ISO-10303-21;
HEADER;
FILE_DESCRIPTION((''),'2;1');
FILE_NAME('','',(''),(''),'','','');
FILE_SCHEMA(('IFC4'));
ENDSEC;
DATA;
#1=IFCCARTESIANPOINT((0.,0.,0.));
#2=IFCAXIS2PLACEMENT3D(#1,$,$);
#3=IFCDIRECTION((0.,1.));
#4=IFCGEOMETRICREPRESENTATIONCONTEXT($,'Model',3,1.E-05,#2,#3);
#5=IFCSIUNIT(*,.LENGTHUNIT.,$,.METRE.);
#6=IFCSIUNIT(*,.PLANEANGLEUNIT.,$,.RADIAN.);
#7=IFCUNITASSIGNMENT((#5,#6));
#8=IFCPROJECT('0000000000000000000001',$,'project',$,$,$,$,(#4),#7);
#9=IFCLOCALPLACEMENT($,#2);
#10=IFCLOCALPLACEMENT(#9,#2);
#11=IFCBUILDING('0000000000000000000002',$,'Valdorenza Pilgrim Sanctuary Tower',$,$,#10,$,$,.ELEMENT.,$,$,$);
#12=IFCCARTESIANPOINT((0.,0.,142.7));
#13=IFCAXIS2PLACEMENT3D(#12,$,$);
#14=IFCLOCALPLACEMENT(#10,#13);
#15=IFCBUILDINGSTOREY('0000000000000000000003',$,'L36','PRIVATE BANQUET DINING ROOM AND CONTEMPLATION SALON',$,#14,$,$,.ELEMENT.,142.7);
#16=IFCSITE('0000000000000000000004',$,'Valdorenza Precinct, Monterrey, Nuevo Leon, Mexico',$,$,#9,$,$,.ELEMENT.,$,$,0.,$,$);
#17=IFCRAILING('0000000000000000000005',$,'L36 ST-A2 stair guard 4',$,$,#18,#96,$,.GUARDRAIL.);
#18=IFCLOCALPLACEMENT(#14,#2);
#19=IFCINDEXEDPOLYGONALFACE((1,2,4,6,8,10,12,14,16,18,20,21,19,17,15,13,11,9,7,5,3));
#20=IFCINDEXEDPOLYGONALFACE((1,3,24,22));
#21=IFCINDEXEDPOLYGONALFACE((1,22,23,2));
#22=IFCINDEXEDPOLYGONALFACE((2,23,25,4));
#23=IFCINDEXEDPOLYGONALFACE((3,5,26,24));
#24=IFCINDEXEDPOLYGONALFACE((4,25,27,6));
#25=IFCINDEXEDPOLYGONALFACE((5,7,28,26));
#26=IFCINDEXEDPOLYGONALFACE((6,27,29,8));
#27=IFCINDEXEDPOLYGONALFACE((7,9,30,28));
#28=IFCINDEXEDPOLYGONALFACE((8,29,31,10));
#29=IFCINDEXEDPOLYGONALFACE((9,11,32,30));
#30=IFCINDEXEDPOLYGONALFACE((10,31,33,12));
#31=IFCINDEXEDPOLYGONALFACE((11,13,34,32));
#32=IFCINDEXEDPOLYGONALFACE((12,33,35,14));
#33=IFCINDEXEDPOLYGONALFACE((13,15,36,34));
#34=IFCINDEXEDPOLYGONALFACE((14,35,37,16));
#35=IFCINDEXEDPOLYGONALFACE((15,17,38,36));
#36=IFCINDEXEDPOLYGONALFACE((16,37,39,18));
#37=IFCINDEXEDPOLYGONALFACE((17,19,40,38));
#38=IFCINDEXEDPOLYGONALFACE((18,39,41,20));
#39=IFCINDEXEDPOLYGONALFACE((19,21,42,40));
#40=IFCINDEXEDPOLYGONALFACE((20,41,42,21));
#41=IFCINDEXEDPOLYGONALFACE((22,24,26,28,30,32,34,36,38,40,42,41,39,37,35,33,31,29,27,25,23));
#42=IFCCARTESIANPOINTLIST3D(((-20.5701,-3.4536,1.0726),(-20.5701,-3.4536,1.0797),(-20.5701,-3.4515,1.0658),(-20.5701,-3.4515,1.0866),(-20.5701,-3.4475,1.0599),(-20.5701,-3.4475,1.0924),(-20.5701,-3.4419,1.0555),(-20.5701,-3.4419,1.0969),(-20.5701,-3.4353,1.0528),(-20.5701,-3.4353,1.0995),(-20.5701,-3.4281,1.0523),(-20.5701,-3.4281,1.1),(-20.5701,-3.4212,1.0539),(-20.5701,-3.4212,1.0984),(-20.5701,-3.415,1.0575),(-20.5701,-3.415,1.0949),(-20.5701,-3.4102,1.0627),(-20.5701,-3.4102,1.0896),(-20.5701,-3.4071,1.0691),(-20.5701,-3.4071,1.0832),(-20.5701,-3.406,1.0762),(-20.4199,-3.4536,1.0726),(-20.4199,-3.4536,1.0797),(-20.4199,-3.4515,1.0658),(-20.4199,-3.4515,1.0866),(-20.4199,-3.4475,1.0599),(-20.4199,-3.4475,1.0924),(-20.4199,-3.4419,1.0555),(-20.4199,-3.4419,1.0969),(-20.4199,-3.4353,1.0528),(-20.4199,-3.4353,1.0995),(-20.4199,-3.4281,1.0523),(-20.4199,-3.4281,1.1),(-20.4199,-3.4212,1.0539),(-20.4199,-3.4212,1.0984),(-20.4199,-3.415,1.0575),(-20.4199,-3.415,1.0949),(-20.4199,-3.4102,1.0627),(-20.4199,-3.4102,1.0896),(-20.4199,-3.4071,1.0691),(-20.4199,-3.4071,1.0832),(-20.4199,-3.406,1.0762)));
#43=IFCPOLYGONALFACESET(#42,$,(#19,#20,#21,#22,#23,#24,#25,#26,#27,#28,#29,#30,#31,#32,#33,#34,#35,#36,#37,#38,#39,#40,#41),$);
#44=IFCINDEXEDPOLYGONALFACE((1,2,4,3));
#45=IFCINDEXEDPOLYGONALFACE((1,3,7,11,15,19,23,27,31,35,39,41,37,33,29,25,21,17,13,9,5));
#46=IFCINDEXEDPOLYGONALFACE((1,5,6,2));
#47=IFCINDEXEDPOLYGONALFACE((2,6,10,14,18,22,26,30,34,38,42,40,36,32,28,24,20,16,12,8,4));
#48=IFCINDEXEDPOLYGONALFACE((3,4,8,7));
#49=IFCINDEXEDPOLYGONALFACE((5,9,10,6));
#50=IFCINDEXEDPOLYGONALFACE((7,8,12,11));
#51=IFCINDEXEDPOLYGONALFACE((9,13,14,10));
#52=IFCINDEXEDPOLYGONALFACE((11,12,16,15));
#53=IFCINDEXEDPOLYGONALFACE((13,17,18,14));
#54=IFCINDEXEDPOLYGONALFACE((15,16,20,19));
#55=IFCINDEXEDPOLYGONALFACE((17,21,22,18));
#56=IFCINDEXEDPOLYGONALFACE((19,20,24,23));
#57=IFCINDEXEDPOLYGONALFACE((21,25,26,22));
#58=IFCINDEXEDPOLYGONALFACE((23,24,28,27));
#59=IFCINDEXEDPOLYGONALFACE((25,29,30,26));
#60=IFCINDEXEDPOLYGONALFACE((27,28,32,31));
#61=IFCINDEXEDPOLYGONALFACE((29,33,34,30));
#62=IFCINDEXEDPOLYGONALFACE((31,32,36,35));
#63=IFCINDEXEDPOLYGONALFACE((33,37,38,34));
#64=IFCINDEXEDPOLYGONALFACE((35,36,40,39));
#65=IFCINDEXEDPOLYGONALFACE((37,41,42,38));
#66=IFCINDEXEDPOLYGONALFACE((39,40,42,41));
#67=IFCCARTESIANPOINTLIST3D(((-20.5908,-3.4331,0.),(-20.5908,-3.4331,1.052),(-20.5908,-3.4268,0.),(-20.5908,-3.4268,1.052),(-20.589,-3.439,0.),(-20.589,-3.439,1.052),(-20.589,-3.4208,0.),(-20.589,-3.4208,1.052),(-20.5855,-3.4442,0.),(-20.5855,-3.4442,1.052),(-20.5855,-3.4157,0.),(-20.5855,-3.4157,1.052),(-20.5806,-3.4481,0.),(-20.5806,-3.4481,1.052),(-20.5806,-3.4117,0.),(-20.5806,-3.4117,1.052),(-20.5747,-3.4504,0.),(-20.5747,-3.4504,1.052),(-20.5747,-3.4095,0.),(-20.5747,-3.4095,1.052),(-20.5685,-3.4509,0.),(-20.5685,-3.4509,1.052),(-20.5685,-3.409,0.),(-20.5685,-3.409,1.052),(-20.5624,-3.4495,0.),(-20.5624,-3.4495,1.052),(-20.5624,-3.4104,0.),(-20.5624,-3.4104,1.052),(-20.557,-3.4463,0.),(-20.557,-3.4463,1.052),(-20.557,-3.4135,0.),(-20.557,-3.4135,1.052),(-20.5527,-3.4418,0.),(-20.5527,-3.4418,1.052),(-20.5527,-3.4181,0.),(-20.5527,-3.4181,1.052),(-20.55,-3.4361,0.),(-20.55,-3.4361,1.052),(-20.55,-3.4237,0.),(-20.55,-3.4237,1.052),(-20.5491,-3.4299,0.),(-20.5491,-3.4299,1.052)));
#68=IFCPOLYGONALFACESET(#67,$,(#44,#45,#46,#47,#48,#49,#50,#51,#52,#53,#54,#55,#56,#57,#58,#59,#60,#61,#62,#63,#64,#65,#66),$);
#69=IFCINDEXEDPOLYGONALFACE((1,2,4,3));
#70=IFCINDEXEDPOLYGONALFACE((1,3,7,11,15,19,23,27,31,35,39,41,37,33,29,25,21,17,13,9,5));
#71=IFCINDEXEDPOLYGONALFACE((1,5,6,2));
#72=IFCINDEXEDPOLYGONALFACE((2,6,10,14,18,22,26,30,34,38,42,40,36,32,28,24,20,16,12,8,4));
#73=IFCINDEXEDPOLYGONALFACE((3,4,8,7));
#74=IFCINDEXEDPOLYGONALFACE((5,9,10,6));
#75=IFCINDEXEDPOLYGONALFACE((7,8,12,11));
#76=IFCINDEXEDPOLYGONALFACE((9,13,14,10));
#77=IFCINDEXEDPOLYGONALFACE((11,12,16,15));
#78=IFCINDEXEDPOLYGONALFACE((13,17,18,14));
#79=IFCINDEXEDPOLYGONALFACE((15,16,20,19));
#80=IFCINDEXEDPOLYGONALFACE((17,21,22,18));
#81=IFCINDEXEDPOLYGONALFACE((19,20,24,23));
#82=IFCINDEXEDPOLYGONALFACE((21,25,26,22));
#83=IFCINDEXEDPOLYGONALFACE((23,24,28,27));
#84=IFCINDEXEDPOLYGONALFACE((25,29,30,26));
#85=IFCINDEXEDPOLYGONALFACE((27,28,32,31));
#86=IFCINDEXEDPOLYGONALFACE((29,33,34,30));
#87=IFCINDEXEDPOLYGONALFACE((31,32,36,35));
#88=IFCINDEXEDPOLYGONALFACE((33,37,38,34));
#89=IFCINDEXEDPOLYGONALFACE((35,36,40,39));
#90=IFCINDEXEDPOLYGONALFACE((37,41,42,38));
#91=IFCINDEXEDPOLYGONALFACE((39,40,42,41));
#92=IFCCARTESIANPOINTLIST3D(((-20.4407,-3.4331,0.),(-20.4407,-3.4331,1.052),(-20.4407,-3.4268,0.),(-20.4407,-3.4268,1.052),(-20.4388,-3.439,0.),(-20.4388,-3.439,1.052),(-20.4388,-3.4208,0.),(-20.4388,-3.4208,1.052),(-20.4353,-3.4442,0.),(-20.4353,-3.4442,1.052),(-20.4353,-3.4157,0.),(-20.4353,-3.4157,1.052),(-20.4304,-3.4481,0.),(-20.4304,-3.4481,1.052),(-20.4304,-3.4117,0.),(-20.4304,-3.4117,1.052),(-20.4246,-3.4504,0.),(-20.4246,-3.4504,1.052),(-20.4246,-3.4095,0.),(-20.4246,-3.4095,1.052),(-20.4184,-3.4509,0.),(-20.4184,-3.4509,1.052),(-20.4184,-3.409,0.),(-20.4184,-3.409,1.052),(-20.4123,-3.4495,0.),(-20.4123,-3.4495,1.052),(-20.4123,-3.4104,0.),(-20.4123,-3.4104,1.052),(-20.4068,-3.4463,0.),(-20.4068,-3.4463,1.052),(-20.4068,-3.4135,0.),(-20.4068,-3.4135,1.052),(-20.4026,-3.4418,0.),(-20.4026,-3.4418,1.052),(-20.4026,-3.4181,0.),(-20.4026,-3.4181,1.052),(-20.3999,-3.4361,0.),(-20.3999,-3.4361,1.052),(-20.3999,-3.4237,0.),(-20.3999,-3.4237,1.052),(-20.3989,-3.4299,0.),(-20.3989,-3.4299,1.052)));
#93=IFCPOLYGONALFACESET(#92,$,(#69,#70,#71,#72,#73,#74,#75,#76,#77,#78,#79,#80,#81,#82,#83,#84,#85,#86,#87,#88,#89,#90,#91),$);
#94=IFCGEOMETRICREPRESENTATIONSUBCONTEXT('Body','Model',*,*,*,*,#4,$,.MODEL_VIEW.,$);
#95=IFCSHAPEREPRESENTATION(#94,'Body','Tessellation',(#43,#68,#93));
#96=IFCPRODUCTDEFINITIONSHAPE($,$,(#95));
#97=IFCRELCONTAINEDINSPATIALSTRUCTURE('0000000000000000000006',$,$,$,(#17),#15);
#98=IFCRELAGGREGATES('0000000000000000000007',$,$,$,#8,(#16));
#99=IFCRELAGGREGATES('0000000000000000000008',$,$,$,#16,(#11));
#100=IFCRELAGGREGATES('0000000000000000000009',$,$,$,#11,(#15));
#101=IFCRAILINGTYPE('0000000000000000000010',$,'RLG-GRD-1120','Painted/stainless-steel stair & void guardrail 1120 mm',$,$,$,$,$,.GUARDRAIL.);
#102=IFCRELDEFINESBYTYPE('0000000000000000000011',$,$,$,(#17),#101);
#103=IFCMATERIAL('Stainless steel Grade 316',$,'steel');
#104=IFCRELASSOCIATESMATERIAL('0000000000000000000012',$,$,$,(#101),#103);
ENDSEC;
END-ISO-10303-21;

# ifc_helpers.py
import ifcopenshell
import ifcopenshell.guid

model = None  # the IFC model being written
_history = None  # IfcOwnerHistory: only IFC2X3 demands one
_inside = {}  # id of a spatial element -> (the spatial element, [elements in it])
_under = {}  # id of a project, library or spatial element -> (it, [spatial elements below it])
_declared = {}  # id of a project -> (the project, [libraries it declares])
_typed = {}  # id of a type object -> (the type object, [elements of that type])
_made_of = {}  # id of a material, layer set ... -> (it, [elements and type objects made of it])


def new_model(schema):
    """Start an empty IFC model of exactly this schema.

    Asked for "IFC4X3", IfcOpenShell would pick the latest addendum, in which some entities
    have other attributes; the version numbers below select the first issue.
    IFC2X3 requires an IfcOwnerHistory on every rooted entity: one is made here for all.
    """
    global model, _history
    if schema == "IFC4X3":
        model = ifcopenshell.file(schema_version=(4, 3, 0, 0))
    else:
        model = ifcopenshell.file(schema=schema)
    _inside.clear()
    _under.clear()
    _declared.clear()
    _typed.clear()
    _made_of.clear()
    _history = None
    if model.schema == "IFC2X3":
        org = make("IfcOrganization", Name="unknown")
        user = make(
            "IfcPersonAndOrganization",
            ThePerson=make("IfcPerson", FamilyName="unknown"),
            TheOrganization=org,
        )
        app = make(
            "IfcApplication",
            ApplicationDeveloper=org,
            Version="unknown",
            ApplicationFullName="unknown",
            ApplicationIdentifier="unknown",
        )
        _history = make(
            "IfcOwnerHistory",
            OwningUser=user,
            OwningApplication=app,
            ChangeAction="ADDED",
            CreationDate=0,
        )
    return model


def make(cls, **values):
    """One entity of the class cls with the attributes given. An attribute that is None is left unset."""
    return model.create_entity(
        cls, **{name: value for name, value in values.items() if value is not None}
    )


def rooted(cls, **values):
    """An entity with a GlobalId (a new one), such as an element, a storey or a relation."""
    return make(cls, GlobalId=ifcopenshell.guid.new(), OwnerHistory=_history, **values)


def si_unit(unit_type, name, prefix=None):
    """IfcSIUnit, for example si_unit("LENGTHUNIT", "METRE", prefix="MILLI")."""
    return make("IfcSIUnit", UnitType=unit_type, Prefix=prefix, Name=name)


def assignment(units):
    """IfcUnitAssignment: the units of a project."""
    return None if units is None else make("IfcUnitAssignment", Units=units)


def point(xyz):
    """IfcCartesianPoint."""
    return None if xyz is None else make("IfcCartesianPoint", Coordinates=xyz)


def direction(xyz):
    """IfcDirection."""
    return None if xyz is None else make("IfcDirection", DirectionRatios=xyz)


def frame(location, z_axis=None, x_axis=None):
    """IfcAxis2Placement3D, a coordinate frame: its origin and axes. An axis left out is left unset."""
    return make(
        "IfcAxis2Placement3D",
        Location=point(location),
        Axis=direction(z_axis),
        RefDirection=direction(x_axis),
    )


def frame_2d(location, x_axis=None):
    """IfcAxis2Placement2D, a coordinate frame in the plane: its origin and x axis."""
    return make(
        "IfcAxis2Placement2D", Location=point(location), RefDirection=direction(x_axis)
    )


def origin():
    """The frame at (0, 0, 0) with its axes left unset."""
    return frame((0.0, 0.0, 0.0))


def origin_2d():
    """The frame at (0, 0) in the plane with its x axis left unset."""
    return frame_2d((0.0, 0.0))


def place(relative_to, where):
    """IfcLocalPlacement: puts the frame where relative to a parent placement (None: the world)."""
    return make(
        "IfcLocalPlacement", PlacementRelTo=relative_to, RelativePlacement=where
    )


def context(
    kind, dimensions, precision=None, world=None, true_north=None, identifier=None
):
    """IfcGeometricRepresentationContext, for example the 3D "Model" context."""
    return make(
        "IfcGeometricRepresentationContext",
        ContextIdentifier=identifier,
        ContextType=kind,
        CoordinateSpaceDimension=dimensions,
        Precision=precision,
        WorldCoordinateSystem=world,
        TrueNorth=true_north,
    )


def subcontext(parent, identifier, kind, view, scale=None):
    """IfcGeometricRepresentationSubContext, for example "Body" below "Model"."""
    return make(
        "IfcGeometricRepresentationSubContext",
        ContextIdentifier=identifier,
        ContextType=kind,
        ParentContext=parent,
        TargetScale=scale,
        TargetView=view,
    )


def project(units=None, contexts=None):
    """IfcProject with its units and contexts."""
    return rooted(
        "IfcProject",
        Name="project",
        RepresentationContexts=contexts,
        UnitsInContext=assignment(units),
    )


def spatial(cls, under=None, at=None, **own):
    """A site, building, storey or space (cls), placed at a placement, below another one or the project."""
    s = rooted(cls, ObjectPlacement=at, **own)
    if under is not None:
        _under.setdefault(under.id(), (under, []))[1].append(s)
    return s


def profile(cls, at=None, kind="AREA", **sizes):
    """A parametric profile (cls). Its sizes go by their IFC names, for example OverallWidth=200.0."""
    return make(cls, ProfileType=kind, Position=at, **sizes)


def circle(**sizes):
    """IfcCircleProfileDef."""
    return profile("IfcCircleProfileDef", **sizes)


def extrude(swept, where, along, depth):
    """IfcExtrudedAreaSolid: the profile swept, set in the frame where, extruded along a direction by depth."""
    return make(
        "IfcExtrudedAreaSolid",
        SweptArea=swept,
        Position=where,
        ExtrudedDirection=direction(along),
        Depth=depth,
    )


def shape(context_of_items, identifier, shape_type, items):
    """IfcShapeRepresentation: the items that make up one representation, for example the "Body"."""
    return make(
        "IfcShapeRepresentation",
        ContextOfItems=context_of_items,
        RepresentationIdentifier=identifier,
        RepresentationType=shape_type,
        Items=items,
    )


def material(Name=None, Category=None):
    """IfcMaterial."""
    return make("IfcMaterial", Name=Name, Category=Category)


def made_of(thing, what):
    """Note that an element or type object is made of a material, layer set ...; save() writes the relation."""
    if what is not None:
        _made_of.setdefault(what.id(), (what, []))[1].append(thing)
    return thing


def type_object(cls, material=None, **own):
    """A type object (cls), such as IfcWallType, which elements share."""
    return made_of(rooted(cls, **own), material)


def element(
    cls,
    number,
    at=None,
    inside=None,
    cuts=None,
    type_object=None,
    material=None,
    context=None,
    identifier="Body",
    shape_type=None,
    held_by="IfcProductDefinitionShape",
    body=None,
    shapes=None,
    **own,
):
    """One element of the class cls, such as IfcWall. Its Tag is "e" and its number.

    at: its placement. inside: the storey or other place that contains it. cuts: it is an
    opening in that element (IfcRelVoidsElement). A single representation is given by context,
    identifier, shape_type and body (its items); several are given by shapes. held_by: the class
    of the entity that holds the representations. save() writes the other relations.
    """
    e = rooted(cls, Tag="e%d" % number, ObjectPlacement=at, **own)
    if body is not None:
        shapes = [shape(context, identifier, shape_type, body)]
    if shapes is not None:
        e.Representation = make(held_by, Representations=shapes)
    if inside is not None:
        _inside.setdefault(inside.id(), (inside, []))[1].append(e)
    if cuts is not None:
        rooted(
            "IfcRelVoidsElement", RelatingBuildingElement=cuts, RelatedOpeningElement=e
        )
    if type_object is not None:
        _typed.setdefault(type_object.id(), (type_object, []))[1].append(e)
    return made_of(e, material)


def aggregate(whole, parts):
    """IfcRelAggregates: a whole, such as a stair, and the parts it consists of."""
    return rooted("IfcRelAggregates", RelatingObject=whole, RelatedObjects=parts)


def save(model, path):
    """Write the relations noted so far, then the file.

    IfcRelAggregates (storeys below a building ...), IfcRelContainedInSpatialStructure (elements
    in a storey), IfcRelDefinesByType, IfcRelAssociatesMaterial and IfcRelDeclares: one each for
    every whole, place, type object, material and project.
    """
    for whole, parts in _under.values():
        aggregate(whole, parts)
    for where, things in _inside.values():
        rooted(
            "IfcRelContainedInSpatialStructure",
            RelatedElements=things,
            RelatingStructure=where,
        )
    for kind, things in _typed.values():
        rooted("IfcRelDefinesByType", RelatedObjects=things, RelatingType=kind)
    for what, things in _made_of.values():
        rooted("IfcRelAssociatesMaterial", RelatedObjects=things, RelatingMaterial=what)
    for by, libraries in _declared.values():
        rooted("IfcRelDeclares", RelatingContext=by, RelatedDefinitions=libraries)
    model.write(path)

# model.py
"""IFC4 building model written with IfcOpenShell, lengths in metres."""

from ifc_helpers import new_model, si_unit, direction, frame, origin, origin_2d, place, context, subcontext, project, spatial, circle, extrude, material, type_object, element, save


model = new_model("IFC4")

# Units and contexts
model_context = context("Model", 3, precision=1e-05, world=origin(), true_north=direction((0.0, 1.0)))
body_context = subcontext(model_context, "Body", "Model", "MODEL_VIEW")
ifc_project = project(units=[si_unit("LENGTHUNIT", "METRE"), si_unit("PLANEANGLEUNIT", "RADIAN")], contexts=[model_context])

# Site, building, storey
site_placement = place(None, origin())
site = spatial("IfcSite", under=ifc_project, at=site_placement, Name="Valdorenza Precinct, Monterrey, Nuevo Leon, Mexico", CompositionType="ELEMENT", RefElevation=0.0)
building_placement = place(site_placement, origin())
building = spatial("IfcBuilding", under=site, at=building_placement, Name="Valdorenza Pilgrim Sanctuary Tower", CompositionType="ELEMENT")
storey_placement = place(building_placement, frame((0.0, 0.0, 142.7)))
storey = spatial("IfcBuildingStorey", under=building, at=storey_placement, Name="L36", Description="PRIVATE BANQUET DINING ROOM AND CONTEMPLATION SALON", CompositionType="ELEMENT", Elevation=142.7)

# Railing
ifc_material_1 = material(Name="Stainless steel Grade 316", Category="steel")
railing_type_1 = type_object("IfcRailingType", Name="RLG-GRD-1120", Description="Painted/stainless-steel stair & void guardrail 1120 mm", PredefinedType="GUARDRAIL", material=ifc_material_1)
railing_1_placement = place(storey_placement, frame((-20.5701, -3.4299, 0.0)))
element("IfcRailing", 1, at=railing_1_placement, inside=storey, type_object=railing_type_1, Name="L36 ST-A2 stair guard 4", PredefinedType="GUARDRAIL", context=body_context, shape_type="SweptSolid", body=[
    extrude(circle(Radius=0.0239, at=origin_2d()), frame((0.0, 0.0, 1.0762), z_axis=(1.0, 0.0, 0.0), x_axis=(0.0, 1.0, 0.0)), (0.0, 0.0, 1.0), 0.1501),
    extrude(circle(Radius=0.021, at=origin_2d()), origin(), (0.0, 0.0, 1.0), 1.052),
    extrude(circle(Radius=0.021, at=origin_2d()), frame((0.1501, 0.0, 0.0)), (0.0, 0.0, 1.0), 1.052),
])

save(model, "model.ifc")
